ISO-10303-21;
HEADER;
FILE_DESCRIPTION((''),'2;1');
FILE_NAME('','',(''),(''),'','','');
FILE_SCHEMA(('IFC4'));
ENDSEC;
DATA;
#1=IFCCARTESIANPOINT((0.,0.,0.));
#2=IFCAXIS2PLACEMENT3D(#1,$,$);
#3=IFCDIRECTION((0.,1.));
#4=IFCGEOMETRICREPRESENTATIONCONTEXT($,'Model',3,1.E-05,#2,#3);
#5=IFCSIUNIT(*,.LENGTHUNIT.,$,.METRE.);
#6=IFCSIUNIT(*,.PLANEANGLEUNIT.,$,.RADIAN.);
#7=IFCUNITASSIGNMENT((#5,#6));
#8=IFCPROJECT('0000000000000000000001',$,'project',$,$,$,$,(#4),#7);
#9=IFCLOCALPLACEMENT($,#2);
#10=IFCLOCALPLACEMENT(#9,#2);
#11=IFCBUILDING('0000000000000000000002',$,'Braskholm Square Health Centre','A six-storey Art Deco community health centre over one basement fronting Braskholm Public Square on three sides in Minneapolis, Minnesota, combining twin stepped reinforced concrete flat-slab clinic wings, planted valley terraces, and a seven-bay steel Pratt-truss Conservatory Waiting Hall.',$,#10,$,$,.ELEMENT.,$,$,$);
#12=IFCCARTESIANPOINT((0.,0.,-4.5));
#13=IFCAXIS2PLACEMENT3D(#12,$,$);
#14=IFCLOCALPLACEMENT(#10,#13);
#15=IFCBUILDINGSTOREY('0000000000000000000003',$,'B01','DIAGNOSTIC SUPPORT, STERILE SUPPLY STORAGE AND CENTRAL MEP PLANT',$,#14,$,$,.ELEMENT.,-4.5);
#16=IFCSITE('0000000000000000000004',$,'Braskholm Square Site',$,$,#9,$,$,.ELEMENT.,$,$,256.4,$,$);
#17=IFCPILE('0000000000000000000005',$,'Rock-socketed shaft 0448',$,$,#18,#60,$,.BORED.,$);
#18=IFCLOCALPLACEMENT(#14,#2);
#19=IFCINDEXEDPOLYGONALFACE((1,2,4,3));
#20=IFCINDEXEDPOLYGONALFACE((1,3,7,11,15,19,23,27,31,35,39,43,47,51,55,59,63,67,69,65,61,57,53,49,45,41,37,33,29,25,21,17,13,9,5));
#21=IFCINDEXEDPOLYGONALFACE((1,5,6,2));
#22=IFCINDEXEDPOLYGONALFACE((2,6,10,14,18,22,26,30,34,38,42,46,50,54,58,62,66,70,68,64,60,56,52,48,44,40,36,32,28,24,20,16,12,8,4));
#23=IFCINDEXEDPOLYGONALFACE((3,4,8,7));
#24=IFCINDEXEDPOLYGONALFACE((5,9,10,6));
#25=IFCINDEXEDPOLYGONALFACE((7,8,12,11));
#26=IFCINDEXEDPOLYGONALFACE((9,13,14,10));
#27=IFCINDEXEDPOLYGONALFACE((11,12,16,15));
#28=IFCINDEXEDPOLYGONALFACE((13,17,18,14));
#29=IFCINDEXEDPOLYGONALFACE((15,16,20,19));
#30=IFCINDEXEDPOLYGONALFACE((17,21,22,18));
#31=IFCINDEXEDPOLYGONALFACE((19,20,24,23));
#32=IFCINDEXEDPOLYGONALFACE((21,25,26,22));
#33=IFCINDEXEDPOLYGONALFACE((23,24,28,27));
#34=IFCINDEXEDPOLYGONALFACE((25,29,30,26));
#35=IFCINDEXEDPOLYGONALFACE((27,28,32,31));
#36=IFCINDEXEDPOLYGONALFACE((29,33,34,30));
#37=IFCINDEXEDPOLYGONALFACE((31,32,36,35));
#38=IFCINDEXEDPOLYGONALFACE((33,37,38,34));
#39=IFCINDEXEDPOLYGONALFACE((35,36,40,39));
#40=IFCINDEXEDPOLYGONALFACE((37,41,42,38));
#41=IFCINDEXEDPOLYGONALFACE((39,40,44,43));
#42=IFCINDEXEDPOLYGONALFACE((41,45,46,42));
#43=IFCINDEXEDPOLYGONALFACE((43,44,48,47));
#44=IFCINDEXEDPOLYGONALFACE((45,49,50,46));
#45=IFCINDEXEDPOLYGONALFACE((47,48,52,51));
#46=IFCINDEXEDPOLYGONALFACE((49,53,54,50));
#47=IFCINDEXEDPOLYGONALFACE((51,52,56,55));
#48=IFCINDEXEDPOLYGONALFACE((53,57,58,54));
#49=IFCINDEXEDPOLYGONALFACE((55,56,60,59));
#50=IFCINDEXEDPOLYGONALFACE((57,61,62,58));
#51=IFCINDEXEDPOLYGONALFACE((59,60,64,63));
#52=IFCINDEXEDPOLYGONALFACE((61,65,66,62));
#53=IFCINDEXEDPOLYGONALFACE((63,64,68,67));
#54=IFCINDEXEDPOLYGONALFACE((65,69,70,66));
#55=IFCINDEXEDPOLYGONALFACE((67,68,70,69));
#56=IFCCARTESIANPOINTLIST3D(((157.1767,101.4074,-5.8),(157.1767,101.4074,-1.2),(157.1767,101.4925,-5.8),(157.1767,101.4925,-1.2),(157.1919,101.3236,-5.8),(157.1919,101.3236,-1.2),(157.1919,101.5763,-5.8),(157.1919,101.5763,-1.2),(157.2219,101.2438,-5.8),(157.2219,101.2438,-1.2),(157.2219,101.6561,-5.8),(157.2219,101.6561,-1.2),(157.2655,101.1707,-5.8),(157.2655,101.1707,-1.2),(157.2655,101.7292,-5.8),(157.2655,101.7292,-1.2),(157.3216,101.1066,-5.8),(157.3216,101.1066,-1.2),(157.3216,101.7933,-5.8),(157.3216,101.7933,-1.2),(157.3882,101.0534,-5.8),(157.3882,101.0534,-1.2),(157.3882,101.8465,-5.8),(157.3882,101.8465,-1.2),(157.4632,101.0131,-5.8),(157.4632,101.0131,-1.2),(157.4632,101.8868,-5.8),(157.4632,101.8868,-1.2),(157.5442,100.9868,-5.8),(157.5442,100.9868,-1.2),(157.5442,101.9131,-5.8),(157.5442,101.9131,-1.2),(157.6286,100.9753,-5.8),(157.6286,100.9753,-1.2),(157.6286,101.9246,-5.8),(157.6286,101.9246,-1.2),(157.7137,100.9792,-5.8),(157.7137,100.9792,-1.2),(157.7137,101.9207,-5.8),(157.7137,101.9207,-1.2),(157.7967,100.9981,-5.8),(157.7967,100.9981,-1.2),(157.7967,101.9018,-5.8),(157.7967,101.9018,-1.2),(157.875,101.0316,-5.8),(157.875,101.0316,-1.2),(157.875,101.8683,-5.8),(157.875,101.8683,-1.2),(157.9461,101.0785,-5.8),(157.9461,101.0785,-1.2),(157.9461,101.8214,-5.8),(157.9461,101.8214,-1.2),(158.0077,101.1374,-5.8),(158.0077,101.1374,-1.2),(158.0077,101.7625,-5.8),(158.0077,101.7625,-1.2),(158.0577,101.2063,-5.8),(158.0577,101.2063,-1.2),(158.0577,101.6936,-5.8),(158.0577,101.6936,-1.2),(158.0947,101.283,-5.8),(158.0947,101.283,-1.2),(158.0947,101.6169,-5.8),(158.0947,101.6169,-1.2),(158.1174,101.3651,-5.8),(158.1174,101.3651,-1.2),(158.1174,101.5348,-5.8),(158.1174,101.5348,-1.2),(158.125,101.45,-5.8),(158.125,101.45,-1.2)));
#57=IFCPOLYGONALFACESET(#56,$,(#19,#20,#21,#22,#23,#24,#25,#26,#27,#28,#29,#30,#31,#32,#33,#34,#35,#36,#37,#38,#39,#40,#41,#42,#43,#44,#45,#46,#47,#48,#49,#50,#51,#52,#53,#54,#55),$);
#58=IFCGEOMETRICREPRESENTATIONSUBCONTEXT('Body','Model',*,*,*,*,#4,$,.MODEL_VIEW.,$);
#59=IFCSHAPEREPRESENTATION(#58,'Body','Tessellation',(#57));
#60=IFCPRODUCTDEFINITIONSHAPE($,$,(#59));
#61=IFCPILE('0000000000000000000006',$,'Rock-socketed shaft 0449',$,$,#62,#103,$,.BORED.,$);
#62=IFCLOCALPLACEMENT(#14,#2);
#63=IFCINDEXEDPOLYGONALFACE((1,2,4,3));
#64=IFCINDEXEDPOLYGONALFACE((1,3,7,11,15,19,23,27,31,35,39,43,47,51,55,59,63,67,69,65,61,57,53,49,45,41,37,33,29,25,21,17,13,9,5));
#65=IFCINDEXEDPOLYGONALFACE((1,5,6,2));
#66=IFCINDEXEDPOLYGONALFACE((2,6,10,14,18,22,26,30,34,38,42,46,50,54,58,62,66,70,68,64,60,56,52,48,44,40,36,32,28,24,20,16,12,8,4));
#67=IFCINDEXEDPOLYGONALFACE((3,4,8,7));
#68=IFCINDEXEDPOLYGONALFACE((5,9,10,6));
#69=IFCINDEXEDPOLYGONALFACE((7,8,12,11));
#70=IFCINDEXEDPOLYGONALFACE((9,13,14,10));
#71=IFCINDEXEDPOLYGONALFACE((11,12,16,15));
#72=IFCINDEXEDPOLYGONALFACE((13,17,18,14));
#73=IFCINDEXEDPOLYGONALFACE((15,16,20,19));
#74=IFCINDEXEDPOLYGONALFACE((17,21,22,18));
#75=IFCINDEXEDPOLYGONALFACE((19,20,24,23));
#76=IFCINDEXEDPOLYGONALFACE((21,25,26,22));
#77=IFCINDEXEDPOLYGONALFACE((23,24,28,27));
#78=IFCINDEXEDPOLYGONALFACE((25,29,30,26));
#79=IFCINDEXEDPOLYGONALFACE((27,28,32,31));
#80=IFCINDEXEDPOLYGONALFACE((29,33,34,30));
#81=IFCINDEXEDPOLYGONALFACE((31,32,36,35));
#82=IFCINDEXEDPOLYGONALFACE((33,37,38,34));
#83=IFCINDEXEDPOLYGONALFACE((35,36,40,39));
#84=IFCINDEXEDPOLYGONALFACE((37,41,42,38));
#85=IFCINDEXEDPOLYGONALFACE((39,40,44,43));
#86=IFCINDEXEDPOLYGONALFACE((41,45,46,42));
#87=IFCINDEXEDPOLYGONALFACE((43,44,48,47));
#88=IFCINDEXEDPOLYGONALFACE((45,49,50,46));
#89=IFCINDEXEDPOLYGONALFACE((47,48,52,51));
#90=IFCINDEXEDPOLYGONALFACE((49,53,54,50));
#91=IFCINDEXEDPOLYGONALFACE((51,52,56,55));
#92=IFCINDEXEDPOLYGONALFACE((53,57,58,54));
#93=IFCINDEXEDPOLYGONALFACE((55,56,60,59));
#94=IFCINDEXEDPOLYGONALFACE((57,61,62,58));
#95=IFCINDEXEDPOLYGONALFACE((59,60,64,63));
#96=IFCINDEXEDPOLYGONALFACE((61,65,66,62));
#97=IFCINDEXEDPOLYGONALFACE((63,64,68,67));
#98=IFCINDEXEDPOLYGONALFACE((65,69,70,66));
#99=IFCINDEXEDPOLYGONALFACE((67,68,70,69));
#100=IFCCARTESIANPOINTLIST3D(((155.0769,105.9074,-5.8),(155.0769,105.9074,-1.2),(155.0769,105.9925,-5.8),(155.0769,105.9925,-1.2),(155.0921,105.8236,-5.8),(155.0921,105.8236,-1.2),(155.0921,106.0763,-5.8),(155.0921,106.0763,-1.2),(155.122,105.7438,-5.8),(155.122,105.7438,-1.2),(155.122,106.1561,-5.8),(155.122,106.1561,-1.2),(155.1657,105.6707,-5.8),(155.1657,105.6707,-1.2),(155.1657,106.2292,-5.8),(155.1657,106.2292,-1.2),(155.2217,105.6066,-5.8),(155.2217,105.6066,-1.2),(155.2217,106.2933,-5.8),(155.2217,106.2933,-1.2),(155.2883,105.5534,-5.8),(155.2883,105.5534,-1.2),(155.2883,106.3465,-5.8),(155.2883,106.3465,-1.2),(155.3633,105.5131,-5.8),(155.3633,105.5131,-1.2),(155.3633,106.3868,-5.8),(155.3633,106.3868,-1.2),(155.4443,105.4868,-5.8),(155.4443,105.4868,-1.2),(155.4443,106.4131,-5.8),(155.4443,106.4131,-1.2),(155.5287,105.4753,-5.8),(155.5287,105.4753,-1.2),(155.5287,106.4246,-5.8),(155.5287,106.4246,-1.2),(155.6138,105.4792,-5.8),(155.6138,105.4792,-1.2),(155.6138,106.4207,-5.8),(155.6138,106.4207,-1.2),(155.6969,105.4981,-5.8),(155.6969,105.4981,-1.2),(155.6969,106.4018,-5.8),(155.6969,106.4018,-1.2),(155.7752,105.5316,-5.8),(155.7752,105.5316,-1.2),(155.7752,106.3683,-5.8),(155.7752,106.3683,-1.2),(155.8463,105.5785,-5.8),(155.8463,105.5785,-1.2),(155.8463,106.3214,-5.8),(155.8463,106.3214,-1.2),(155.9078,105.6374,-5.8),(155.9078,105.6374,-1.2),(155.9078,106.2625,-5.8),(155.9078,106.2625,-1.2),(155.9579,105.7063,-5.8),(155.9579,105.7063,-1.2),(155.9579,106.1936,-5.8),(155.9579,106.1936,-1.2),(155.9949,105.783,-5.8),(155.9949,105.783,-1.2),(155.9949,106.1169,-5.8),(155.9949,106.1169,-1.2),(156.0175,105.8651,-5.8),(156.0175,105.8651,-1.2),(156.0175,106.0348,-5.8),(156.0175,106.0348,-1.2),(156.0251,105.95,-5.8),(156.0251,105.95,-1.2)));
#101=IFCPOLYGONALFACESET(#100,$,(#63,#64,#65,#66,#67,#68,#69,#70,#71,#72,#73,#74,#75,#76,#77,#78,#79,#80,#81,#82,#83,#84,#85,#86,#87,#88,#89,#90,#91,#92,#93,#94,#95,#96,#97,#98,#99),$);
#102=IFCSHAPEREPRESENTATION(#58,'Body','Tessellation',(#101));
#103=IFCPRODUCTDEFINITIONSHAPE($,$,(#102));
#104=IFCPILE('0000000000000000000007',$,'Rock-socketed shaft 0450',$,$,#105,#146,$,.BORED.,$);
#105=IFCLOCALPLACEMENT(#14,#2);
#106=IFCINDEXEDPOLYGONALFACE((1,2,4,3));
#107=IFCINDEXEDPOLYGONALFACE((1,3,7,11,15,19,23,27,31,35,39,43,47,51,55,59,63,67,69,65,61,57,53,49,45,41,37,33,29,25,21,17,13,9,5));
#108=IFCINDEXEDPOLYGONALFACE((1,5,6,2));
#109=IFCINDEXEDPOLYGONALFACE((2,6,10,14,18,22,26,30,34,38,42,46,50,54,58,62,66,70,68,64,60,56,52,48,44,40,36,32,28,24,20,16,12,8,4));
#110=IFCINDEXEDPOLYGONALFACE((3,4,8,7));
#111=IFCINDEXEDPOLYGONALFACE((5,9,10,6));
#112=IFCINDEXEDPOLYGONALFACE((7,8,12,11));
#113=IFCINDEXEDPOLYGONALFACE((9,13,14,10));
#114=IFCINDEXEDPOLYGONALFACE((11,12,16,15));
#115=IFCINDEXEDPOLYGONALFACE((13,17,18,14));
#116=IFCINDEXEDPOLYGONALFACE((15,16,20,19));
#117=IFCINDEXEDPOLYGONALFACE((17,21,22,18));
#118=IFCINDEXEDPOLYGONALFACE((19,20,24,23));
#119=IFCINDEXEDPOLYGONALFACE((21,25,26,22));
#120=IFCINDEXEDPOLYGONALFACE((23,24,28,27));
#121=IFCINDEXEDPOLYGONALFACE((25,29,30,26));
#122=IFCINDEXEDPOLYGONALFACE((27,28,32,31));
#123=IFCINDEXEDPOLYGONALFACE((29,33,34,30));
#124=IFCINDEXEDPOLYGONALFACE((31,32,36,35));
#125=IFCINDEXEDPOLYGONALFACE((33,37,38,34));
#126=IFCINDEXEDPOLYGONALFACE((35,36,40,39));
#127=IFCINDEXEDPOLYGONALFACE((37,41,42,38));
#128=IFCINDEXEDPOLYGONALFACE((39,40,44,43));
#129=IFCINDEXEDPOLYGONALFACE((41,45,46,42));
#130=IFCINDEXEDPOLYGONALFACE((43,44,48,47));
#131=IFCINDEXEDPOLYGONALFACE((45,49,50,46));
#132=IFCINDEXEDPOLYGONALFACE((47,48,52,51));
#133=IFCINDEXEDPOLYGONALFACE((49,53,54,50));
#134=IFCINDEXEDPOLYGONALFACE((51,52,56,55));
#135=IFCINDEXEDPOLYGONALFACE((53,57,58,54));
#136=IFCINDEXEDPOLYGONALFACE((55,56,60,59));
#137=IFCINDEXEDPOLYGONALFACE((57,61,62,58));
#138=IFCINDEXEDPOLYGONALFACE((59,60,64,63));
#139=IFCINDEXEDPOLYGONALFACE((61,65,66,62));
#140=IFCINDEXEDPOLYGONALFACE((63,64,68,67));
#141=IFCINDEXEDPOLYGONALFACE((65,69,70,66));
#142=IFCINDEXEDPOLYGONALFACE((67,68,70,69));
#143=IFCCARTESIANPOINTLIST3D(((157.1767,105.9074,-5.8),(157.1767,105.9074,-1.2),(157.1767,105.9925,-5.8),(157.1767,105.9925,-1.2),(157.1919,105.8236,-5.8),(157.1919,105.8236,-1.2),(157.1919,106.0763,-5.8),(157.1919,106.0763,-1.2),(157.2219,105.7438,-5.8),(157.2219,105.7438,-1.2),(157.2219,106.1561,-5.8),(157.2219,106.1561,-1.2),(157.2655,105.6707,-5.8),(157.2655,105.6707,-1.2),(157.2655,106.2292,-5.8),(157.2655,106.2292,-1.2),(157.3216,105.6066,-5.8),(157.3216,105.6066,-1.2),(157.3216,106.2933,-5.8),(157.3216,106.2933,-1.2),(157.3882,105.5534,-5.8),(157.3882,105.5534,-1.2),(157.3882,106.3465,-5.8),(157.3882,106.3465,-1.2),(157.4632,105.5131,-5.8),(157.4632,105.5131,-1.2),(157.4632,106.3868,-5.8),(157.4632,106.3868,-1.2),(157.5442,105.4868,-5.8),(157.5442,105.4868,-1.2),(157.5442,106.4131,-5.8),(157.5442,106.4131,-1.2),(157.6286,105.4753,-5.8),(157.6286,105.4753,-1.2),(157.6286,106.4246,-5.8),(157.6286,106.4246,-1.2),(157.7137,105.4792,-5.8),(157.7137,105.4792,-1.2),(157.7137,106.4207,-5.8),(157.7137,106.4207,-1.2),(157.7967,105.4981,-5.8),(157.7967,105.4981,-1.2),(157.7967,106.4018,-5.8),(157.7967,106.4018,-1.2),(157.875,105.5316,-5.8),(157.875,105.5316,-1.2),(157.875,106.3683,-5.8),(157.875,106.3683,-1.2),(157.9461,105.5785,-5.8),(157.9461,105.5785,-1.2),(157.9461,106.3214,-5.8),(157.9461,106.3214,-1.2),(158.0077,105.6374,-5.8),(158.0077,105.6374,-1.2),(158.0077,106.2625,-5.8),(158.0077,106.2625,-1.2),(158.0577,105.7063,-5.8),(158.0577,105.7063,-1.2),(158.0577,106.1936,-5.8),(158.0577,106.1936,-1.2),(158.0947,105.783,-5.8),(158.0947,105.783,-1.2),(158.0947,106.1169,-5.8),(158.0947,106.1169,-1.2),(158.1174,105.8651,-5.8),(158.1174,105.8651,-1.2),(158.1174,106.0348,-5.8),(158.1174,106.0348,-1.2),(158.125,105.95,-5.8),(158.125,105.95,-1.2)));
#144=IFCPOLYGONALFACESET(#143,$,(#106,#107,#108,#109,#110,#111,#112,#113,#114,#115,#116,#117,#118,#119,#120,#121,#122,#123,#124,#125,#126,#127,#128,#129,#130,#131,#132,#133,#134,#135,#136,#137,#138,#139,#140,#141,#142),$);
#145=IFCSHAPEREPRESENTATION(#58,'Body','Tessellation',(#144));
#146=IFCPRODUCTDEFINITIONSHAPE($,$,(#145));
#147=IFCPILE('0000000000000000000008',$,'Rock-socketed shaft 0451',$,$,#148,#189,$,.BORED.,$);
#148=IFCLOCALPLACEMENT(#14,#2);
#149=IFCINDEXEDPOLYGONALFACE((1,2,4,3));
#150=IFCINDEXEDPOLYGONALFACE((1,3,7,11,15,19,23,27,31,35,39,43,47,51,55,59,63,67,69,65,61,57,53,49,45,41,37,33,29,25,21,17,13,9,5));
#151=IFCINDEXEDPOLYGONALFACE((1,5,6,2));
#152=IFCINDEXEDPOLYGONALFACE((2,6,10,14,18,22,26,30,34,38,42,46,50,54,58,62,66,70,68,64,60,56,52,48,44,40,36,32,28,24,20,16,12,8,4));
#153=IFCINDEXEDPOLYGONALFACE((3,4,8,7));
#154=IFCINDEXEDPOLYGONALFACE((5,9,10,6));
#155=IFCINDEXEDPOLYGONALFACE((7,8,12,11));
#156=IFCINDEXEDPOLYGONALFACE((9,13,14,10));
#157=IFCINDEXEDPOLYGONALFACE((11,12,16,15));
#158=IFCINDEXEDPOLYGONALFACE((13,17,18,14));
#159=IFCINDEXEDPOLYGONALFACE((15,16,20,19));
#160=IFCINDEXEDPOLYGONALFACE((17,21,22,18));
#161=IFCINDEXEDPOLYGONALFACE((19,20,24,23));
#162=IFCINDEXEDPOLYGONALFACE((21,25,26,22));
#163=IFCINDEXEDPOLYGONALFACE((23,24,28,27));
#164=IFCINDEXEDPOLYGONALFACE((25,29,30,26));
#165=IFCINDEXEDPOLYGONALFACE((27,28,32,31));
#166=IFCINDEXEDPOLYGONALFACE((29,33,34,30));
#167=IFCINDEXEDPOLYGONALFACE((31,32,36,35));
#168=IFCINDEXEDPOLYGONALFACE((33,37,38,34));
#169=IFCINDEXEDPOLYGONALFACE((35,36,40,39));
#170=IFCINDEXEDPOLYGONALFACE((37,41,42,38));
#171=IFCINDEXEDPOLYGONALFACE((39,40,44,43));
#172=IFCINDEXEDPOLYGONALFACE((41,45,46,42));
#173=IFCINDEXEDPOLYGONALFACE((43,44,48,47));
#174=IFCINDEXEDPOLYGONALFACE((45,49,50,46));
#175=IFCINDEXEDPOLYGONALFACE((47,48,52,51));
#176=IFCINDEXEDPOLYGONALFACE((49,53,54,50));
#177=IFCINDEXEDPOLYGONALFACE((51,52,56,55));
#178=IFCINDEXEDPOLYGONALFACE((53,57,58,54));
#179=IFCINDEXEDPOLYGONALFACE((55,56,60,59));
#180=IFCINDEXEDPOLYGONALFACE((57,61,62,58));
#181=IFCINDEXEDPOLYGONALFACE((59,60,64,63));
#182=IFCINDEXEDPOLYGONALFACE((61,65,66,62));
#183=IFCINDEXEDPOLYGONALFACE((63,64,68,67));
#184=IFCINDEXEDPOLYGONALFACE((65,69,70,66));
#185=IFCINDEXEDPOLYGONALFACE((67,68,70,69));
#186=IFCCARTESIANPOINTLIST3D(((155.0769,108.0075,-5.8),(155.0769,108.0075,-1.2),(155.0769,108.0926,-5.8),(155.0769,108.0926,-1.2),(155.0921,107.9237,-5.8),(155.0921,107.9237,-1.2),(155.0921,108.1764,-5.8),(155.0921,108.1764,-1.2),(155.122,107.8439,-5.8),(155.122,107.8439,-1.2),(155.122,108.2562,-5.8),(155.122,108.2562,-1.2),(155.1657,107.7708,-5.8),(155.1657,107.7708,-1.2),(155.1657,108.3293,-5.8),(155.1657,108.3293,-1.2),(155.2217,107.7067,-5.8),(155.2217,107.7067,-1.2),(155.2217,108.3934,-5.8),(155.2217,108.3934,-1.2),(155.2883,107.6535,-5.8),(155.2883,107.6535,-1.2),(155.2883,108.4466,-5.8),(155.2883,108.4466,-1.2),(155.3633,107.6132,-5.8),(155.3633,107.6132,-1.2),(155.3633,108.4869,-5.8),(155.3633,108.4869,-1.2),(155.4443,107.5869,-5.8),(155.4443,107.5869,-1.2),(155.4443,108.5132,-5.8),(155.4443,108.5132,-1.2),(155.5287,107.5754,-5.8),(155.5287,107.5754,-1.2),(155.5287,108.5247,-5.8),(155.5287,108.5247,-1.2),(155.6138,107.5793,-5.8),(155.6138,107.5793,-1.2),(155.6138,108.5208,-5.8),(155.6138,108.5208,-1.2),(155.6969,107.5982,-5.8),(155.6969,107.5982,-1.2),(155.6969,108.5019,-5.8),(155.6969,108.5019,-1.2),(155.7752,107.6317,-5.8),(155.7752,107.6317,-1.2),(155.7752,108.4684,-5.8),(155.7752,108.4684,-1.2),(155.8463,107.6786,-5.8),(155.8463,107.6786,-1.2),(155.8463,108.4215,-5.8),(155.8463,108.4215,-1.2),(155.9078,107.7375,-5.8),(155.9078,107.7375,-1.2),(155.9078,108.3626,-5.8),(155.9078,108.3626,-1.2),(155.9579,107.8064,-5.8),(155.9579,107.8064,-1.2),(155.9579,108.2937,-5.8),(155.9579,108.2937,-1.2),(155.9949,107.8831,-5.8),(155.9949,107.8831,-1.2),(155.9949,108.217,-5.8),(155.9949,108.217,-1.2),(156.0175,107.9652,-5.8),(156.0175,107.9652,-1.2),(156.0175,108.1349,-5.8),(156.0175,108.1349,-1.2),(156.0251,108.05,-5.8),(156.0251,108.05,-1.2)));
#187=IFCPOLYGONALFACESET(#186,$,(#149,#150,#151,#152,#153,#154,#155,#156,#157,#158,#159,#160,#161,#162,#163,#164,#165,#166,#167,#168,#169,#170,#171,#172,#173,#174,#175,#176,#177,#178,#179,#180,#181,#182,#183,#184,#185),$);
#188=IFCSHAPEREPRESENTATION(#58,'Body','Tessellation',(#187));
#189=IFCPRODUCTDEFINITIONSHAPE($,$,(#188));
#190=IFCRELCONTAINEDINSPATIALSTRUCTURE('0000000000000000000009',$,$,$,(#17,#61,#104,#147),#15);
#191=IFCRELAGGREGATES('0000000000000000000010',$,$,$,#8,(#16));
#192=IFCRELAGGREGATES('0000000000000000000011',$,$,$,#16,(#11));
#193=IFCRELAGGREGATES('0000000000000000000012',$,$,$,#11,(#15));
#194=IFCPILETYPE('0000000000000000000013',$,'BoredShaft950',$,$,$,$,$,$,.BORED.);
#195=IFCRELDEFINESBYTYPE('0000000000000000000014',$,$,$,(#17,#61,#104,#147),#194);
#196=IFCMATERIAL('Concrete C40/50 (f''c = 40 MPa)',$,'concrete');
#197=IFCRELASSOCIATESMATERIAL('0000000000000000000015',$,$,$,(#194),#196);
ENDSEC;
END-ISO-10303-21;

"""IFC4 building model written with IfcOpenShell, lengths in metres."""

from ifc_helpers import new_model, si_unit, direction, frame, origin, origin_2d, place, context, subcontext, project, spatial, circle, extrude, material, material_profile, profile_set, type_object, element, save


model = new_model("IFC4")

# Units and contexts
model_context = context("Model", 3, precision=1e-05, world=origin(), true_north=direction((0.0, 1.0)))
body_context = subcontext(model_context, "Body", "Model", "MODEL_VIEW")
ifc_project = project(units=[si_unit("LENGTHUNIT", "METRE"), si_unit("PLANEANGLEUNIT", "RADIAN")], contexts=[model_context])

# Site, building, storey
site_placement = place(None, origin())
site = spatial("IfcSite", under=ifc_project, at=site_placement, Name="Braskholm Square Site", CompositionType="ELEMENT", RefElevation=256.4)
building_placement = place(site_placement, origin())
building = spatial("IfcBuilding", under=site, at=building_placement, Name="Braskholm Square Health Centre", Description="A six-storey Art Deco community health centre over one basement fronting Braskholm Public Square on three sides in Minneapolis, Minnesota, combining twin stepped reinforced concrete flat-slab clinic wings, planted valley terraces, and a seven-bay steel Pratt-truss Conservatory Waiting Hall.", CompositionType="ELEMENT")
storey_placement = place(building_placement, frame((0.0, 0.0, -4.5)))
storey = spatial("IfcBuildingStorey", under=building, at=storey_placement, Name="B01", Description="DIAGNOSTIC SUPPORT, STERILE SUPPLY STORAGE AND CENTRAL MEP PLANT", CompositionType="ELEMENT", Elevation=-4.5)

# Piles
ifc_material_1 = material(Name="Concrete C40/50 (f'c = 40 MPa)", Category="concrete")
ifc_material_profile_1 = material_profile(ifc_material_1, circle(Radius=0.4751, at=origin_2d()), Name="BORED-PILE-950")
ifc_profile_set_1 = profile_set([ifc_material_profile_1], Name="Concrete C40/50 (f'c = 40 MPa)")
pile_type_1 = type_object("IfcPileType", Name="BoredShaft950", PredefinedType="BORED", material=ifc_profile_set_1)
for number, where, z_axis, x_axis, name in (
    (1, (157.6499, 101.45, -1.2), (0.0, 0.0, -1.0), (1.0, 0.0, 0.0), "Rock-socketed shaft 0448"),
    (2, (155.55, 105.95, -1.2), (0.0, 0.0, -1.0), (1.0, 0.0, 0.0), "Rock-socketed shaft 0449"),
    (3, (157.6499, 105.95, -1.2), (0.0, 0.0, -1.0), (1.0, 0.0, 0.0), "Rock-socketed shaft 0450"),
    (4, (155.55, 108.05, -1.2), (0.0, 0.0, -1.0), (1.0, 0.0, 0.0), "Rock-socketed shaft 0451"),
):
    element("IfcPile", number, at=place(storey_placement, frame(where, z_axis=z_axis, x_axis=x_axis)), inside=storey, type_object=pile_type_1, Name=name, PredefinedType="BORED", context=body_context, shape_type="SweptSolid", body=[
        extrude(circle(Radius=0.4751, at=origin_2d()), origin(), (0.0, 0.0, 1.0), 4.6001),
    ])

save(model, "model.ifc")
